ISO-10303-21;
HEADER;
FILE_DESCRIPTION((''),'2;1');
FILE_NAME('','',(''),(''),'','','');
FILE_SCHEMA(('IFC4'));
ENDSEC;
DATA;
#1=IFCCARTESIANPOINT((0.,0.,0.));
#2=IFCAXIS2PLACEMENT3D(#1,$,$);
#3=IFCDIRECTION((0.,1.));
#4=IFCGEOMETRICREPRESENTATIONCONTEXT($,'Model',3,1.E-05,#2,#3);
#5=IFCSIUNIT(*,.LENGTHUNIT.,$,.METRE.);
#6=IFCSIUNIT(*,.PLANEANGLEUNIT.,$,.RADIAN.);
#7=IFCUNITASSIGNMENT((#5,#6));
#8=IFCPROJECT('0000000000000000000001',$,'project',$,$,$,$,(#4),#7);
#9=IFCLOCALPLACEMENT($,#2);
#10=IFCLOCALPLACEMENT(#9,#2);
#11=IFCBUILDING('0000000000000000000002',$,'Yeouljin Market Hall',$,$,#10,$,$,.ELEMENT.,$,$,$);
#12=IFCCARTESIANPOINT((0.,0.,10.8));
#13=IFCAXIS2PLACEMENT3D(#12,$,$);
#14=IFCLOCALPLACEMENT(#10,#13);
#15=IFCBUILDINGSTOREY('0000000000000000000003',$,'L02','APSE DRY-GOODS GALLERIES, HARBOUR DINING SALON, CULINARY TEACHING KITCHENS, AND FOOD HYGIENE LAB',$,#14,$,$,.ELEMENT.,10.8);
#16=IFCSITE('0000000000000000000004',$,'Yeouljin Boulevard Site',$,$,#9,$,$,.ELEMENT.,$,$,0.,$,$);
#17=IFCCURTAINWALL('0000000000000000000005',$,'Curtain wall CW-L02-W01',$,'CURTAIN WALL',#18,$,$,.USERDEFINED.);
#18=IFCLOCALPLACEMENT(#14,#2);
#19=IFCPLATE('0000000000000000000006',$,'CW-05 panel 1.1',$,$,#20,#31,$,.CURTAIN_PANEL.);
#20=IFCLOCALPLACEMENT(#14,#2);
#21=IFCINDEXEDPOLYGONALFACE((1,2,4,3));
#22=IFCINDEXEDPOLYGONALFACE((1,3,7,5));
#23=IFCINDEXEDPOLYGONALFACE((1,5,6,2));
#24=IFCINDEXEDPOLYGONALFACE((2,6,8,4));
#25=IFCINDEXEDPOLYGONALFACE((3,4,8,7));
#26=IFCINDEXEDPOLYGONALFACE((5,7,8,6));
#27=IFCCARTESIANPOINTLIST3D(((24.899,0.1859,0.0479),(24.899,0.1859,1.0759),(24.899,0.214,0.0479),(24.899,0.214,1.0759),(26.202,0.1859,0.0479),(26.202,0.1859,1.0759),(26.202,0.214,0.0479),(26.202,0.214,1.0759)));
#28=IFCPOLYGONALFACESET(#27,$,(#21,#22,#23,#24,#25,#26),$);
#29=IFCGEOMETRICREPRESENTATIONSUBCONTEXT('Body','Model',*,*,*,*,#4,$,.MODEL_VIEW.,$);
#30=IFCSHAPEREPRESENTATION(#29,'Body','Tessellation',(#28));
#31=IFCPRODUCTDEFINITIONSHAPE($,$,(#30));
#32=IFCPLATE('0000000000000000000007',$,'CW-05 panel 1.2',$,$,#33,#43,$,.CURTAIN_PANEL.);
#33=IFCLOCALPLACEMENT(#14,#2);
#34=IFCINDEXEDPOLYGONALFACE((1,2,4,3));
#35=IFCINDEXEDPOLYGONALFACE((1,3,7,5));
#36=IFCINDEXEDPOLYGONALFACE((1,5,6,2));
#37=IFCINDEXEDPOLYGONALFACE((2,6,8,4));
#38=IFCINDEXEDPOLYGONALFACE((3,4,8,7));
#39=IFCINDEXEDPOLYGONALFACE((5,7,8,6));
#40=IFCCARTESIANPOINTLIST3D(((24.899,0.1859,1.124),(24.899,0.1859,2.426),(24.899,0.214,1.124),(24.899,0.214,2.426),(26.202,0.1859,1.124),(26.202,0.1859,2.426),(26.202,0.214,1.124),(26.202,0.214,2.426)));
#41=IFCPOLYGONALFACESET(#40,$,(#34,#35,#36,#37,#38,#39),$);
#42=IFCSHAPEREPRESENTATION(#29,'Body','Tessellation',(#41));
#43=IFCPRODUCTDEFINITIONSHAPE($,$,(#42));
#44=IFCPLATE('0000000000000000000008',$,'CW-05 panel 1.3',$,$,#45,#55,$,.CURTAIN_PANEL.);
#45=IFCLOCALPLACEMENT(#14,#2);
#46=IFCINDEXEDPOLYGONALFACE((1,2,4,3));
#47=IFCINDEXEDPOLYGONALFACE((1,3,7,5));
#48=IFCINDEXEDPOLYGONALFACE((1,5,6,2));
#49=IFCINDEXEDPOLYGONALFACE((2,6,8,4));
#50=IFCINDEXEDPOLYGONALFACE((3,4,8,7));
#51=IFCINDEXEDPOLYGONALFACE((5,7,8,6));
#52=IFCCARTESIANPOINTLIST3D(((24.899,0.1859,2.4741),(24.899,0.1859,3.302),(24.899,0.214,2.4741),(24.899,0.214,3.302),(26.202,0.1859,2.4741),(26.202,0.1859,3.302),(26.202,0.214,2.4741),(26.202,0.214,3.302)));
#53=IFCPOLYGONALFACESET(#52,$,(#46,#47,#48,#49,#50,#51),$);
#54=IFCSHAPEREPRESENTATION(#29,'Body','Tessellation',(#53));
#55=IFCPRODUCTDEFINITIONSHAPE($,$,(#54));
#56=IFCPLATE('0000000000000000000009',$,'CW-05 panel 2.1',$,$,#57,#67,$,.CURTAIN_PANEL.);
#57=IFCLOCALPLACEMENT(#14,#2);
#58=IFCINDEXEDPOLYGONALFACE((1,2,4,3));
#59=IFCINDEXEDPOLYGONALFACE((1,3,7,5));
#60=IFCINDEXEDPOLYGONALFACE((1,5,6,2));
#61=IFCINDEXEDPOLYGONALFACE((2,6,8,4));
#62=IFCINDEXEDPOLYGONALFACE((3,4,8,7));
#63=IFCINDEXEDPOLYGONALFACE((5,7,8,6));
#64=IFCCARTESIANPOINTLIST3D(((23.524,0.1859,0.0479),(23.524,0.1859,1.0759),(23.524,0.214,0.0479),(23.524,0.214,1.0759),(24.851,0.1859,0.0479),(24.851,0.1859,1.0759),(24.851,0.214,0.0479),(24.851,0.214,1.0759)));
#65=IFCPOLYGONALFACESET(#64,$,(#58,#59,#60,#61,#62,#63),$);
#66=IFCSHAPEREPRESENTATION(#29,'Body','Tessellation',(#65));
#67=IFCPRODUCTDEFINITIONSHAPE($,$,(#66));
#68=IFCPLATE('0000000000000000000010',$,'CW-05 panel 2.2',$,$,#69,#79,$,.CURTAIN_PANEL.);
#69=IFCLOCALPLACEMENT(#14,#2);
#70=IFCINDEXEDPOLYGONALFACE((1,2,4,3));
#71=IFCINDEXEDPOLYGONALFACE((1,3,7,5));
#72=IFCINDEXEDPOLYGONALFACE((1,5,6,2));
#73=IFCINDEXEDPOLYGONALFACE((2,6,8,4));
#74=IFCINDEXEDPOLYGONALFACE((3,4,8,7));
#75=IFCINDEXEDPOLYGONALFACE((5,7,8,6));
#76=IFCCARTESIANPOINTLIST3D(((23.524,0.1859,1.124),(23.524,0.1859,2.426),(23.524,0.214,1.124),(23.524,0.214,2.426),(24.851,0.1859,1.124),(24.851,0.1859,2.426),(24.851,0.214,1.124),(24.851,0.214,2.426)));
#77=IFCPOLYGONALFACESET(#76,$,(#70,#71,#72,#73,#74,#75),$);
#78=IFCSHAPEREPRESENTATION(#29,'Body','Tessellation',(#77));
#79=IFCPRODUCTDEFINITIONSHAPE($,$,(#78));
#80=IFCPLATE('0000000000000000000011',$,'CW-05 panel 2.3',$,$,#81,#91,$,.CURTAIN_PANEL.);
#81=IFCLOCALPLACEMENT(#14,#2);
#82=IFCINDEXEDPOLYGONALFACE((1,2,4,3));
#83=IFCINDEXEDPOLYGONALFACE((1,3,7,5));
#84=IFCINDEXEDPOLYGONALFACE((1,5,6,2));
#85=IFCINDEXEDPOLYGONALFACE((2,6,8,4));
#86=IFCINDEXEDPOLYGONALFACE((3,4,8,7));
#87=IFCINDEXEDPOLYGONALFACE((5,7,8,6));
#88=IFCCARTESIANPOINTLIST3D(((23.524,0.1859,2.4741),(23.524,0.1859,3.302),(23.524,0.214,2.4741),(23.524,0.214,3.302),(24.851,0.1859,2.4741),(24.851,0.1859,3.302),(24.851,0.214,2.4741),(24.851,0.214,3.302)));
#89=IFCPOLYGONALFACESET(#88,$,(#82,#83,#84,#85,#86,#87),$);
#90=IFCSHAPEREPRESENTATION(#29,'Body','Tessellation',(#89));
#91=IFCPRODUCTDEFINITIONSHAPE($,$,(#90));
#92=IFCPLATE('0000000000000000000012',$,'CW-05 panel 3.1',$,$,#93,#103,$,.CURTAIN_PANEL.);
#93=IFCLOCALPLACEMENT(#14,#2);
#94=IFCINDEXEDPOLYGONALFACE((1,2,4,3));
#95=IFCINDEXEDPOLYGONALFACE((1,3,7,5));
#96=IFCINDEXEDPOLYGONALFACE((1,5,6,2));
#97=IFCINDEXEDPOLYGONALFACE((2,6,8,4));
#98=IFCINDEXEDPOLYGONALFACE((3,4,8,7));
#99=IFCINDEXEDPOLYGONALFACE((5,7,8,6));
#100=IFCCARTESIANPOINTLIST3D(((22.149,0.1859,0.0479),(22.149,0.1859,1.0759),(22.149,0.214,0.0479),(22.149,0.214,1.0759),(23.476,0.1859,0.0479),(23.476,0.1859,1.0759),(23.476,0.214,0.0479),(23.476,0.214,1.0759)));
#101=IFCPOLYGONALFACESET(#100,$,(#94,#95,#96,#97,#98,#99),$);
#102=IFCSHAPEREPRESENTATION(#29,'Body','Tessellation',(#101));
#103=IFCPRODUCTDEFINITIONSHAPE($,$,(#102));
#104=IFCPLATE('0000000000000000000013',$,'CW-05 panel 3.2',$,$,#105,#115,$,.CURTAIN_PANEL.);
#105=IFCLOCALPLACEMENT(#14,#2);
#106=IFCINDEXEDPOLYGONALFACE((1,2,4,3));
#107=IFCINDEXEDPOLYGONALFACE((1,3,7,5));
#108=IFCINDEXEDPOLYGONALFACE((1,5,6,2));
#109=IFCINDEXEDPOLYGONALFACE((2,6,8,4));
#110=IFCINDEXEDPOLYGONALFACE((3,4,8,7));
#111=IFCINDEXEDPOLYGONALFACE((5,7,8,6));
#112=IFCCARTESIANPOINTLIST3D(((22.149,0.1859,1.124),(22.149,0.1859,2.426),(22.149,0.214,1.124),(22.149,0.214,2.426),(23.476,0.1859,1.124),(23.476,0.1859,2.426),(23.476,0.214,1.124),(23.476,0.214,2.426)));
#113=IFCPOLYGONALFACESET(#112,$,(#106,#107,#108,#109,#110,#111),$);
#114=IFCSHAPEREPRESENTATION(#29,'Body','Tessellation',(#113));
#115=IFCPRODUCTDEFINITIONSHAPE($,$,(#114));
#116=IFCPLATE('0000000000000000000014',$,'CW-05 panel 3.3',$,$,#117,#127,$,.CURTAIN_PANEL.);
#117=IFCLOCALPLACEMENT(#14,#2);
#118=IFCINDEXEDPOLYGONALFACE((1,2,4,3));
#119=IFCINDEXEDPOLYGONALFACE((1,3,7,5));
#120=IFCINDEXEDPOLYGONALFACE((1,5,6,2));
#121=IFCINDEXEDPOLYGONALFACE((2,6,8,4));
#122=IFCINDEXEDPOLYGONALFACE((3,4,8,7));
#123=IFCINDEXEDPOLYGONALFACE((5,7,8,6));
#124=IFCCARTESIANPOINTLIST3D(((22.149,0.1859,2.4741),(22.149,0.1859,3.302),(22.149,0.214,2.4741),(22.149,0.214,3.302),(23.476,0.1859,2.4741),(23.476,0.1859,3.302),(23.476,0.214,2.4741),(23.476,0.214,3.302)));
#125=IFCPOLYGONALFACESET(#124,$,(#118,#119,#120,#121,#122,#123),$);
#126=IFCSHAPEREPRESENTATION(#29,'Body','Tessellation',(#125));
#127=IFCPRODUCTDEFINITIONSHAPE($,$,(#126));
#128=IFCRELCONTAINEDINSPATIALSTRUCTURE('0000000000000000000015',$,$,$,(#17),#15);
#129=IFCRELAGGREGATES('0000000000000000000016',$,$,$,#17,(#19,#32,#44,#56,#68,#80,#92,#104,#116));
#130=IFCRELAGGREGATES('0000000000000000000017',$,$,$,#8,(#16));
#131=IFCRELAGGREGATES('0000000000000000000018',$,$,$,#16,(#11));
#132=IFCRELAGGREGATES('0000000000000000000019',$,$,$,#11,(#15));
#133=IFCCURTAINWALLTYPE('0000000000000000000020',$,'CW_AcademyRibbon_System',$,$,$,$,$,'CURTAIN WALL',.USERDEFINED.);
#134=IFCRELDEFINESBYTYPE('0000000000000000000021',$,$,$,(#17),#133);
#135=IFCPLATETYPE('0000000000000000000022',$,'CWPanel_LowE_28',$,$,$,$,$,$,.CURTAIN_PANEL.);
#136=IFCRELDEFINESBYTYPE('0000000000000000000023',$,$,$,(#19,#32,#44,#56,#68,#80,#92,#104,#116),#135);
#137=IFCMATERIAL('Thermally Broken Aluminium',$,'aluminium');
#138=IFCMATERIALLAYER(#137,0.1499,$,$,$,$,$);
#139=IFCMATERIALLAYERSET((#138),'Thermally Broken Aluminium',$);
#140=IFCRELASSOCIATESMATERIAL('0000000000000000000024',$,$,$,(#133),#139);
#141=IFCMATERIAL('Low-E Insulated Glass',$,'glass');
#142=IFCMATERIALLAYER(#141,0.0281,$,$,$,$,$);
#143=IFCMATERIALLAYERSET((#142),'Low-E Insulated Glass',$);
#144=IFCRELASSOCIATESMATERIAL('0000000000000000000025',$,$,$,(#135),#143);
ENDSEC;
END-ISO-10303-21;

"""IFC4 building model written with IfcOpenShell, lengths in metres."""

from ifc_helpers import new_model, si_unit, direction, frame, origin, origin_2d, place, context, subcontext, project, spatial, rectangle, extrude, material, layer, layer_set, type_object, element, aggregate, save


model = new_model("IFC4")

# Units and contexts
model_context = context("Model", 3, precision=1e-05, world=origin(), true_north=direction((0.0, 1.0)))
body_context = subcontext(model_context, "Body", "Model", "MODEL_VIEW")
ifc_project = project(units=[si_unit("LENGTHUNIT", "METRE"), si_unit("PLANEANGLEUNIT", "RADIAN")], contexts=[model_context])

# Site, building, storey
site_placement = place(None, origin())
site = spatial("IfcSite", under=ifc_project, at=site_placement, Name="Yeouljin Boulevard Site", CompositionType="ELEMENT", RefElevation=0.0)
building_placement = place(site_placement, origin())
building = spatial("IfcBuilding", under=site, at=building_placement, Name="Yeouljin Market Hall", CompositionType="ELEMENT")
storey_placement = place(building_placement, frame((0.0, 0.0, 10.8)))
storey = spatial("IfcBuildingStorey", under=building, at=storey_placement, Name="L02", Description="APSE DRY-GOODS GALLERIES, HARBOUR DINING SALON, CULINARY TEACHING KITCHENS, AND FOOD HYGIENE LAB", CompositionType="ELEMENT", Elevation=10.8)

# Curtain wall
ifc_material_1 = material(Name="Thermally Broken Aluminium", Category="aluminium")
ifc_layer_1 = layer(ifc_material_1, 0.1499)
ifc_layer_set_1 = layer_set([ifc_layer_1], Name="Thermally Broken Aluminium")
curtain_wall_type = type_object("IfcCurtainWallType", Name="CW_AcademyRibbon_System", ElementType="CURTAIN WALL", PredefinedType="USERDEFINED", material=ifc_layer_set_1)
curtain_wall_placement = place(storey_placement, origin())
curtain_wall = element("IfcCurtainWall", 1, at=curtain_wall_placement, inside=storey, type_object=curtain_wall_type, Name="Curtain wall CW-L02-W01", ObjectType="CURTAIN WALL", PredefinedType="USERDEFINED")

# Plates
ifc_material_2 = material(Name="Low-E Insulated Glass", Category="glass")
ifc_layer_2 = layer(ifc_material_2, 0.0281)
ifc_layer_set_2 = layer_set([ifc_layer_2], Name="Low-E Insulated Glass")
plate_type = type_object("IfcPlateType", Name="CWPanel_LowE_28", PredefinedType="CURTAIN_PANEL", material=ifc_layer_set_2)
plate_1_placement = place(storey_placement, frame((25.5505, 0.2, 0.0479), z_axis=(0.0, 0.0, 1.0), x_axis=(-1.0, 0.0, 0.0)))
plate_1 = element("IfcPlate", 2, at=plate_1_placement, type_object=plate_type, Name="CW-05 panel 1.1", PredefinedType="CURTAIN_PANEL", context=body_context, shape_type="SweptSolid", body=[
    extrude(rectangle(XDim=1.303, YDim=0.0281, at=origin_2d()), origin(), (0.0, 0.0, 1.0), 1.0281),
])
plate_2_placement = place(storey_placement, frame((25.5505, 0.2, 1.124), z_axis=(0.0, 0.0, 1.0), x_axis=(-1.0, 0.0, 0.0)))
plate_2 = element("IfcPlate", 3, at=plate_2_placement, type_object=plate_type, Name="CW-05 panel 1.2", PredefinedType="CURTAIN_PANEL", context=body_context, shape_type="SweptSolid", body=[
    extrude(rectangle(XDim=1.303, YDim=0.0281, at=origin_2d()), origin(), (0.0, 0.0, 1.0), 1.302),
])
plate_3_placement = place(storey_placement, frame((25.5505, 0.2, 2.4741), z_axis=(0.0, 0.0, 1.0), x_axis=(-1.0, 0.0, 0.0)))
plate_3 = element("IfcPlate", 4, at=plate_3_placement, type_object=plate_type, Name="CW-05 panel 1.3", PredefinedType="CURTAIN_PANEL", context=body_context, shape_type="SweptSolid", body=[
    extrude(rectangle(XDim=1.303, YDim=0.0281, at=origin_2d()), origin(), (0.0, 0.0, 1.0), 0.8279),
])
plate_4_placement = place(storey_placement, frame((24.1875, 0.2, 0.0479), z_axis=(0.0, 0.0, 1.0), x_axis=(-1.0, 0.0, 0.0)))
plate_4 = element("IfcPlate", 5, at=plate_4_placement, type_object=plate_type, Name="CW-05 panel 2.1", PredefinedType="CURTAIN_PANEL", context=body_context, shape_type="SweptSolid", body=[
    extrude(rectangle(XDim=1.3269, YDim=0.0281, at=origin_2d()), origin(), (0.0, 0.0, 1.0), 1.0281),
])
plate_5_placement = place(storey_placement, frame((24.1875, 0.2, 1.124), z_axis=(0.0, 0.0, 1.0), x_axis=(-1.0, 0.0, 0.0)))
plate_5 = element("IfcPlate", 6, at=plate_5_placement, type_object=plate_type, Name="CW-05 panel 2.2", PredefinedType="CURTAIN_PANEL", context=body_context, shape_type="SweptSolid", body=[
    extrude(rectangle(XDim=1.3269, YDim=0.0281, at=origin_2d()), origin(), (0.0, 0.0, 1.0), 1.302),
])
plate_6_placement = place(storey_placement, frame((24.1875, 0.2, 2.4741), z_axis=(0.0, 0.0, 1.0), x_axis=(-1.0, 0.0, 0.0)))
plate_6 = element("IfcPlate", 7, at=plate_6_placement, type_object=plate_type, Name="CW-05 panel 2.3", PredefinedType="CURTAIN_PANEL", context=body_context, shape_type="SweptSolid", body=[
    extrude(rectangle(XDim=1.3269, YDim=0.0281, at=origin_2d()), origin(), (0.0, 0.0, 1.0), 0.8279),
])
plate_7_placement = place(storey_placement, frame((22.8125, 0.2, 0.0479), z_axis=(0.0, 0.0, 1.0), x_axis=(-1.0, 0.0, 0.0)))
plate_7 = element("IfcPlate", 8, at=plate_7_placement, type_object=plate_type, Name="CW-05 panel 3.1", PredefinedType="CURTAIN_PANEL", context=body_context, shape_type="SweptSolid", body=[
    extrude(rectangle(XDim=1.3269, YDim=0.0281, at=origin_2d()), origin(), (0.0, 0.0, 1.0), 1.0281),
])
plate_8_placement = place(storey_placement, frame((22.8125, 0.2, 1.124), z_axis=(0.0, 0.0, 1.0), x_axis=(-1.0, 0.0, 0.0)))
plate_8 = element("IfcPlate", 9, at=plate_8_placement, type_object=plate_type, Name="CW-05 panel 3.2", PredefinedType="CURTAIN_PANEL", context=body_context, shape_type="SweptSolid", body=[
    extrude(rectangle(XDim=1.3269, YDim=0.0281, at=origin_2d()), origin(), (0.0, 0.0, 1.0), 1.302),
])
plate_9_placement = place(storey_placement, frame((22.8125, 0.2, 2.4741), z_axis=(0.0, 0.0, 1.0), x_axis=(-1.0, 0.0, 0.0)))
plate_9 = element("IfcPlate", 10, at=plate_9_placement, type_object=plate_type, Name="CW-05 panel 3.3", PredefinedType="CURTAIN_PANEL", context=body_context, shape_type="SweptSolid", body=[
    extrude(rectangle(XDim=1.3269, YDim=0.0281, at=origin_2d()), origin(), (0.0, 0.0, 1.0), 0.8279),
])
aggregate(curtain_wall, [plate_1, plate_2, plate_3, plate_4, plate_5, plate_6, plate_7, plate_8, plate_9])

save(model, "model.ifc")
